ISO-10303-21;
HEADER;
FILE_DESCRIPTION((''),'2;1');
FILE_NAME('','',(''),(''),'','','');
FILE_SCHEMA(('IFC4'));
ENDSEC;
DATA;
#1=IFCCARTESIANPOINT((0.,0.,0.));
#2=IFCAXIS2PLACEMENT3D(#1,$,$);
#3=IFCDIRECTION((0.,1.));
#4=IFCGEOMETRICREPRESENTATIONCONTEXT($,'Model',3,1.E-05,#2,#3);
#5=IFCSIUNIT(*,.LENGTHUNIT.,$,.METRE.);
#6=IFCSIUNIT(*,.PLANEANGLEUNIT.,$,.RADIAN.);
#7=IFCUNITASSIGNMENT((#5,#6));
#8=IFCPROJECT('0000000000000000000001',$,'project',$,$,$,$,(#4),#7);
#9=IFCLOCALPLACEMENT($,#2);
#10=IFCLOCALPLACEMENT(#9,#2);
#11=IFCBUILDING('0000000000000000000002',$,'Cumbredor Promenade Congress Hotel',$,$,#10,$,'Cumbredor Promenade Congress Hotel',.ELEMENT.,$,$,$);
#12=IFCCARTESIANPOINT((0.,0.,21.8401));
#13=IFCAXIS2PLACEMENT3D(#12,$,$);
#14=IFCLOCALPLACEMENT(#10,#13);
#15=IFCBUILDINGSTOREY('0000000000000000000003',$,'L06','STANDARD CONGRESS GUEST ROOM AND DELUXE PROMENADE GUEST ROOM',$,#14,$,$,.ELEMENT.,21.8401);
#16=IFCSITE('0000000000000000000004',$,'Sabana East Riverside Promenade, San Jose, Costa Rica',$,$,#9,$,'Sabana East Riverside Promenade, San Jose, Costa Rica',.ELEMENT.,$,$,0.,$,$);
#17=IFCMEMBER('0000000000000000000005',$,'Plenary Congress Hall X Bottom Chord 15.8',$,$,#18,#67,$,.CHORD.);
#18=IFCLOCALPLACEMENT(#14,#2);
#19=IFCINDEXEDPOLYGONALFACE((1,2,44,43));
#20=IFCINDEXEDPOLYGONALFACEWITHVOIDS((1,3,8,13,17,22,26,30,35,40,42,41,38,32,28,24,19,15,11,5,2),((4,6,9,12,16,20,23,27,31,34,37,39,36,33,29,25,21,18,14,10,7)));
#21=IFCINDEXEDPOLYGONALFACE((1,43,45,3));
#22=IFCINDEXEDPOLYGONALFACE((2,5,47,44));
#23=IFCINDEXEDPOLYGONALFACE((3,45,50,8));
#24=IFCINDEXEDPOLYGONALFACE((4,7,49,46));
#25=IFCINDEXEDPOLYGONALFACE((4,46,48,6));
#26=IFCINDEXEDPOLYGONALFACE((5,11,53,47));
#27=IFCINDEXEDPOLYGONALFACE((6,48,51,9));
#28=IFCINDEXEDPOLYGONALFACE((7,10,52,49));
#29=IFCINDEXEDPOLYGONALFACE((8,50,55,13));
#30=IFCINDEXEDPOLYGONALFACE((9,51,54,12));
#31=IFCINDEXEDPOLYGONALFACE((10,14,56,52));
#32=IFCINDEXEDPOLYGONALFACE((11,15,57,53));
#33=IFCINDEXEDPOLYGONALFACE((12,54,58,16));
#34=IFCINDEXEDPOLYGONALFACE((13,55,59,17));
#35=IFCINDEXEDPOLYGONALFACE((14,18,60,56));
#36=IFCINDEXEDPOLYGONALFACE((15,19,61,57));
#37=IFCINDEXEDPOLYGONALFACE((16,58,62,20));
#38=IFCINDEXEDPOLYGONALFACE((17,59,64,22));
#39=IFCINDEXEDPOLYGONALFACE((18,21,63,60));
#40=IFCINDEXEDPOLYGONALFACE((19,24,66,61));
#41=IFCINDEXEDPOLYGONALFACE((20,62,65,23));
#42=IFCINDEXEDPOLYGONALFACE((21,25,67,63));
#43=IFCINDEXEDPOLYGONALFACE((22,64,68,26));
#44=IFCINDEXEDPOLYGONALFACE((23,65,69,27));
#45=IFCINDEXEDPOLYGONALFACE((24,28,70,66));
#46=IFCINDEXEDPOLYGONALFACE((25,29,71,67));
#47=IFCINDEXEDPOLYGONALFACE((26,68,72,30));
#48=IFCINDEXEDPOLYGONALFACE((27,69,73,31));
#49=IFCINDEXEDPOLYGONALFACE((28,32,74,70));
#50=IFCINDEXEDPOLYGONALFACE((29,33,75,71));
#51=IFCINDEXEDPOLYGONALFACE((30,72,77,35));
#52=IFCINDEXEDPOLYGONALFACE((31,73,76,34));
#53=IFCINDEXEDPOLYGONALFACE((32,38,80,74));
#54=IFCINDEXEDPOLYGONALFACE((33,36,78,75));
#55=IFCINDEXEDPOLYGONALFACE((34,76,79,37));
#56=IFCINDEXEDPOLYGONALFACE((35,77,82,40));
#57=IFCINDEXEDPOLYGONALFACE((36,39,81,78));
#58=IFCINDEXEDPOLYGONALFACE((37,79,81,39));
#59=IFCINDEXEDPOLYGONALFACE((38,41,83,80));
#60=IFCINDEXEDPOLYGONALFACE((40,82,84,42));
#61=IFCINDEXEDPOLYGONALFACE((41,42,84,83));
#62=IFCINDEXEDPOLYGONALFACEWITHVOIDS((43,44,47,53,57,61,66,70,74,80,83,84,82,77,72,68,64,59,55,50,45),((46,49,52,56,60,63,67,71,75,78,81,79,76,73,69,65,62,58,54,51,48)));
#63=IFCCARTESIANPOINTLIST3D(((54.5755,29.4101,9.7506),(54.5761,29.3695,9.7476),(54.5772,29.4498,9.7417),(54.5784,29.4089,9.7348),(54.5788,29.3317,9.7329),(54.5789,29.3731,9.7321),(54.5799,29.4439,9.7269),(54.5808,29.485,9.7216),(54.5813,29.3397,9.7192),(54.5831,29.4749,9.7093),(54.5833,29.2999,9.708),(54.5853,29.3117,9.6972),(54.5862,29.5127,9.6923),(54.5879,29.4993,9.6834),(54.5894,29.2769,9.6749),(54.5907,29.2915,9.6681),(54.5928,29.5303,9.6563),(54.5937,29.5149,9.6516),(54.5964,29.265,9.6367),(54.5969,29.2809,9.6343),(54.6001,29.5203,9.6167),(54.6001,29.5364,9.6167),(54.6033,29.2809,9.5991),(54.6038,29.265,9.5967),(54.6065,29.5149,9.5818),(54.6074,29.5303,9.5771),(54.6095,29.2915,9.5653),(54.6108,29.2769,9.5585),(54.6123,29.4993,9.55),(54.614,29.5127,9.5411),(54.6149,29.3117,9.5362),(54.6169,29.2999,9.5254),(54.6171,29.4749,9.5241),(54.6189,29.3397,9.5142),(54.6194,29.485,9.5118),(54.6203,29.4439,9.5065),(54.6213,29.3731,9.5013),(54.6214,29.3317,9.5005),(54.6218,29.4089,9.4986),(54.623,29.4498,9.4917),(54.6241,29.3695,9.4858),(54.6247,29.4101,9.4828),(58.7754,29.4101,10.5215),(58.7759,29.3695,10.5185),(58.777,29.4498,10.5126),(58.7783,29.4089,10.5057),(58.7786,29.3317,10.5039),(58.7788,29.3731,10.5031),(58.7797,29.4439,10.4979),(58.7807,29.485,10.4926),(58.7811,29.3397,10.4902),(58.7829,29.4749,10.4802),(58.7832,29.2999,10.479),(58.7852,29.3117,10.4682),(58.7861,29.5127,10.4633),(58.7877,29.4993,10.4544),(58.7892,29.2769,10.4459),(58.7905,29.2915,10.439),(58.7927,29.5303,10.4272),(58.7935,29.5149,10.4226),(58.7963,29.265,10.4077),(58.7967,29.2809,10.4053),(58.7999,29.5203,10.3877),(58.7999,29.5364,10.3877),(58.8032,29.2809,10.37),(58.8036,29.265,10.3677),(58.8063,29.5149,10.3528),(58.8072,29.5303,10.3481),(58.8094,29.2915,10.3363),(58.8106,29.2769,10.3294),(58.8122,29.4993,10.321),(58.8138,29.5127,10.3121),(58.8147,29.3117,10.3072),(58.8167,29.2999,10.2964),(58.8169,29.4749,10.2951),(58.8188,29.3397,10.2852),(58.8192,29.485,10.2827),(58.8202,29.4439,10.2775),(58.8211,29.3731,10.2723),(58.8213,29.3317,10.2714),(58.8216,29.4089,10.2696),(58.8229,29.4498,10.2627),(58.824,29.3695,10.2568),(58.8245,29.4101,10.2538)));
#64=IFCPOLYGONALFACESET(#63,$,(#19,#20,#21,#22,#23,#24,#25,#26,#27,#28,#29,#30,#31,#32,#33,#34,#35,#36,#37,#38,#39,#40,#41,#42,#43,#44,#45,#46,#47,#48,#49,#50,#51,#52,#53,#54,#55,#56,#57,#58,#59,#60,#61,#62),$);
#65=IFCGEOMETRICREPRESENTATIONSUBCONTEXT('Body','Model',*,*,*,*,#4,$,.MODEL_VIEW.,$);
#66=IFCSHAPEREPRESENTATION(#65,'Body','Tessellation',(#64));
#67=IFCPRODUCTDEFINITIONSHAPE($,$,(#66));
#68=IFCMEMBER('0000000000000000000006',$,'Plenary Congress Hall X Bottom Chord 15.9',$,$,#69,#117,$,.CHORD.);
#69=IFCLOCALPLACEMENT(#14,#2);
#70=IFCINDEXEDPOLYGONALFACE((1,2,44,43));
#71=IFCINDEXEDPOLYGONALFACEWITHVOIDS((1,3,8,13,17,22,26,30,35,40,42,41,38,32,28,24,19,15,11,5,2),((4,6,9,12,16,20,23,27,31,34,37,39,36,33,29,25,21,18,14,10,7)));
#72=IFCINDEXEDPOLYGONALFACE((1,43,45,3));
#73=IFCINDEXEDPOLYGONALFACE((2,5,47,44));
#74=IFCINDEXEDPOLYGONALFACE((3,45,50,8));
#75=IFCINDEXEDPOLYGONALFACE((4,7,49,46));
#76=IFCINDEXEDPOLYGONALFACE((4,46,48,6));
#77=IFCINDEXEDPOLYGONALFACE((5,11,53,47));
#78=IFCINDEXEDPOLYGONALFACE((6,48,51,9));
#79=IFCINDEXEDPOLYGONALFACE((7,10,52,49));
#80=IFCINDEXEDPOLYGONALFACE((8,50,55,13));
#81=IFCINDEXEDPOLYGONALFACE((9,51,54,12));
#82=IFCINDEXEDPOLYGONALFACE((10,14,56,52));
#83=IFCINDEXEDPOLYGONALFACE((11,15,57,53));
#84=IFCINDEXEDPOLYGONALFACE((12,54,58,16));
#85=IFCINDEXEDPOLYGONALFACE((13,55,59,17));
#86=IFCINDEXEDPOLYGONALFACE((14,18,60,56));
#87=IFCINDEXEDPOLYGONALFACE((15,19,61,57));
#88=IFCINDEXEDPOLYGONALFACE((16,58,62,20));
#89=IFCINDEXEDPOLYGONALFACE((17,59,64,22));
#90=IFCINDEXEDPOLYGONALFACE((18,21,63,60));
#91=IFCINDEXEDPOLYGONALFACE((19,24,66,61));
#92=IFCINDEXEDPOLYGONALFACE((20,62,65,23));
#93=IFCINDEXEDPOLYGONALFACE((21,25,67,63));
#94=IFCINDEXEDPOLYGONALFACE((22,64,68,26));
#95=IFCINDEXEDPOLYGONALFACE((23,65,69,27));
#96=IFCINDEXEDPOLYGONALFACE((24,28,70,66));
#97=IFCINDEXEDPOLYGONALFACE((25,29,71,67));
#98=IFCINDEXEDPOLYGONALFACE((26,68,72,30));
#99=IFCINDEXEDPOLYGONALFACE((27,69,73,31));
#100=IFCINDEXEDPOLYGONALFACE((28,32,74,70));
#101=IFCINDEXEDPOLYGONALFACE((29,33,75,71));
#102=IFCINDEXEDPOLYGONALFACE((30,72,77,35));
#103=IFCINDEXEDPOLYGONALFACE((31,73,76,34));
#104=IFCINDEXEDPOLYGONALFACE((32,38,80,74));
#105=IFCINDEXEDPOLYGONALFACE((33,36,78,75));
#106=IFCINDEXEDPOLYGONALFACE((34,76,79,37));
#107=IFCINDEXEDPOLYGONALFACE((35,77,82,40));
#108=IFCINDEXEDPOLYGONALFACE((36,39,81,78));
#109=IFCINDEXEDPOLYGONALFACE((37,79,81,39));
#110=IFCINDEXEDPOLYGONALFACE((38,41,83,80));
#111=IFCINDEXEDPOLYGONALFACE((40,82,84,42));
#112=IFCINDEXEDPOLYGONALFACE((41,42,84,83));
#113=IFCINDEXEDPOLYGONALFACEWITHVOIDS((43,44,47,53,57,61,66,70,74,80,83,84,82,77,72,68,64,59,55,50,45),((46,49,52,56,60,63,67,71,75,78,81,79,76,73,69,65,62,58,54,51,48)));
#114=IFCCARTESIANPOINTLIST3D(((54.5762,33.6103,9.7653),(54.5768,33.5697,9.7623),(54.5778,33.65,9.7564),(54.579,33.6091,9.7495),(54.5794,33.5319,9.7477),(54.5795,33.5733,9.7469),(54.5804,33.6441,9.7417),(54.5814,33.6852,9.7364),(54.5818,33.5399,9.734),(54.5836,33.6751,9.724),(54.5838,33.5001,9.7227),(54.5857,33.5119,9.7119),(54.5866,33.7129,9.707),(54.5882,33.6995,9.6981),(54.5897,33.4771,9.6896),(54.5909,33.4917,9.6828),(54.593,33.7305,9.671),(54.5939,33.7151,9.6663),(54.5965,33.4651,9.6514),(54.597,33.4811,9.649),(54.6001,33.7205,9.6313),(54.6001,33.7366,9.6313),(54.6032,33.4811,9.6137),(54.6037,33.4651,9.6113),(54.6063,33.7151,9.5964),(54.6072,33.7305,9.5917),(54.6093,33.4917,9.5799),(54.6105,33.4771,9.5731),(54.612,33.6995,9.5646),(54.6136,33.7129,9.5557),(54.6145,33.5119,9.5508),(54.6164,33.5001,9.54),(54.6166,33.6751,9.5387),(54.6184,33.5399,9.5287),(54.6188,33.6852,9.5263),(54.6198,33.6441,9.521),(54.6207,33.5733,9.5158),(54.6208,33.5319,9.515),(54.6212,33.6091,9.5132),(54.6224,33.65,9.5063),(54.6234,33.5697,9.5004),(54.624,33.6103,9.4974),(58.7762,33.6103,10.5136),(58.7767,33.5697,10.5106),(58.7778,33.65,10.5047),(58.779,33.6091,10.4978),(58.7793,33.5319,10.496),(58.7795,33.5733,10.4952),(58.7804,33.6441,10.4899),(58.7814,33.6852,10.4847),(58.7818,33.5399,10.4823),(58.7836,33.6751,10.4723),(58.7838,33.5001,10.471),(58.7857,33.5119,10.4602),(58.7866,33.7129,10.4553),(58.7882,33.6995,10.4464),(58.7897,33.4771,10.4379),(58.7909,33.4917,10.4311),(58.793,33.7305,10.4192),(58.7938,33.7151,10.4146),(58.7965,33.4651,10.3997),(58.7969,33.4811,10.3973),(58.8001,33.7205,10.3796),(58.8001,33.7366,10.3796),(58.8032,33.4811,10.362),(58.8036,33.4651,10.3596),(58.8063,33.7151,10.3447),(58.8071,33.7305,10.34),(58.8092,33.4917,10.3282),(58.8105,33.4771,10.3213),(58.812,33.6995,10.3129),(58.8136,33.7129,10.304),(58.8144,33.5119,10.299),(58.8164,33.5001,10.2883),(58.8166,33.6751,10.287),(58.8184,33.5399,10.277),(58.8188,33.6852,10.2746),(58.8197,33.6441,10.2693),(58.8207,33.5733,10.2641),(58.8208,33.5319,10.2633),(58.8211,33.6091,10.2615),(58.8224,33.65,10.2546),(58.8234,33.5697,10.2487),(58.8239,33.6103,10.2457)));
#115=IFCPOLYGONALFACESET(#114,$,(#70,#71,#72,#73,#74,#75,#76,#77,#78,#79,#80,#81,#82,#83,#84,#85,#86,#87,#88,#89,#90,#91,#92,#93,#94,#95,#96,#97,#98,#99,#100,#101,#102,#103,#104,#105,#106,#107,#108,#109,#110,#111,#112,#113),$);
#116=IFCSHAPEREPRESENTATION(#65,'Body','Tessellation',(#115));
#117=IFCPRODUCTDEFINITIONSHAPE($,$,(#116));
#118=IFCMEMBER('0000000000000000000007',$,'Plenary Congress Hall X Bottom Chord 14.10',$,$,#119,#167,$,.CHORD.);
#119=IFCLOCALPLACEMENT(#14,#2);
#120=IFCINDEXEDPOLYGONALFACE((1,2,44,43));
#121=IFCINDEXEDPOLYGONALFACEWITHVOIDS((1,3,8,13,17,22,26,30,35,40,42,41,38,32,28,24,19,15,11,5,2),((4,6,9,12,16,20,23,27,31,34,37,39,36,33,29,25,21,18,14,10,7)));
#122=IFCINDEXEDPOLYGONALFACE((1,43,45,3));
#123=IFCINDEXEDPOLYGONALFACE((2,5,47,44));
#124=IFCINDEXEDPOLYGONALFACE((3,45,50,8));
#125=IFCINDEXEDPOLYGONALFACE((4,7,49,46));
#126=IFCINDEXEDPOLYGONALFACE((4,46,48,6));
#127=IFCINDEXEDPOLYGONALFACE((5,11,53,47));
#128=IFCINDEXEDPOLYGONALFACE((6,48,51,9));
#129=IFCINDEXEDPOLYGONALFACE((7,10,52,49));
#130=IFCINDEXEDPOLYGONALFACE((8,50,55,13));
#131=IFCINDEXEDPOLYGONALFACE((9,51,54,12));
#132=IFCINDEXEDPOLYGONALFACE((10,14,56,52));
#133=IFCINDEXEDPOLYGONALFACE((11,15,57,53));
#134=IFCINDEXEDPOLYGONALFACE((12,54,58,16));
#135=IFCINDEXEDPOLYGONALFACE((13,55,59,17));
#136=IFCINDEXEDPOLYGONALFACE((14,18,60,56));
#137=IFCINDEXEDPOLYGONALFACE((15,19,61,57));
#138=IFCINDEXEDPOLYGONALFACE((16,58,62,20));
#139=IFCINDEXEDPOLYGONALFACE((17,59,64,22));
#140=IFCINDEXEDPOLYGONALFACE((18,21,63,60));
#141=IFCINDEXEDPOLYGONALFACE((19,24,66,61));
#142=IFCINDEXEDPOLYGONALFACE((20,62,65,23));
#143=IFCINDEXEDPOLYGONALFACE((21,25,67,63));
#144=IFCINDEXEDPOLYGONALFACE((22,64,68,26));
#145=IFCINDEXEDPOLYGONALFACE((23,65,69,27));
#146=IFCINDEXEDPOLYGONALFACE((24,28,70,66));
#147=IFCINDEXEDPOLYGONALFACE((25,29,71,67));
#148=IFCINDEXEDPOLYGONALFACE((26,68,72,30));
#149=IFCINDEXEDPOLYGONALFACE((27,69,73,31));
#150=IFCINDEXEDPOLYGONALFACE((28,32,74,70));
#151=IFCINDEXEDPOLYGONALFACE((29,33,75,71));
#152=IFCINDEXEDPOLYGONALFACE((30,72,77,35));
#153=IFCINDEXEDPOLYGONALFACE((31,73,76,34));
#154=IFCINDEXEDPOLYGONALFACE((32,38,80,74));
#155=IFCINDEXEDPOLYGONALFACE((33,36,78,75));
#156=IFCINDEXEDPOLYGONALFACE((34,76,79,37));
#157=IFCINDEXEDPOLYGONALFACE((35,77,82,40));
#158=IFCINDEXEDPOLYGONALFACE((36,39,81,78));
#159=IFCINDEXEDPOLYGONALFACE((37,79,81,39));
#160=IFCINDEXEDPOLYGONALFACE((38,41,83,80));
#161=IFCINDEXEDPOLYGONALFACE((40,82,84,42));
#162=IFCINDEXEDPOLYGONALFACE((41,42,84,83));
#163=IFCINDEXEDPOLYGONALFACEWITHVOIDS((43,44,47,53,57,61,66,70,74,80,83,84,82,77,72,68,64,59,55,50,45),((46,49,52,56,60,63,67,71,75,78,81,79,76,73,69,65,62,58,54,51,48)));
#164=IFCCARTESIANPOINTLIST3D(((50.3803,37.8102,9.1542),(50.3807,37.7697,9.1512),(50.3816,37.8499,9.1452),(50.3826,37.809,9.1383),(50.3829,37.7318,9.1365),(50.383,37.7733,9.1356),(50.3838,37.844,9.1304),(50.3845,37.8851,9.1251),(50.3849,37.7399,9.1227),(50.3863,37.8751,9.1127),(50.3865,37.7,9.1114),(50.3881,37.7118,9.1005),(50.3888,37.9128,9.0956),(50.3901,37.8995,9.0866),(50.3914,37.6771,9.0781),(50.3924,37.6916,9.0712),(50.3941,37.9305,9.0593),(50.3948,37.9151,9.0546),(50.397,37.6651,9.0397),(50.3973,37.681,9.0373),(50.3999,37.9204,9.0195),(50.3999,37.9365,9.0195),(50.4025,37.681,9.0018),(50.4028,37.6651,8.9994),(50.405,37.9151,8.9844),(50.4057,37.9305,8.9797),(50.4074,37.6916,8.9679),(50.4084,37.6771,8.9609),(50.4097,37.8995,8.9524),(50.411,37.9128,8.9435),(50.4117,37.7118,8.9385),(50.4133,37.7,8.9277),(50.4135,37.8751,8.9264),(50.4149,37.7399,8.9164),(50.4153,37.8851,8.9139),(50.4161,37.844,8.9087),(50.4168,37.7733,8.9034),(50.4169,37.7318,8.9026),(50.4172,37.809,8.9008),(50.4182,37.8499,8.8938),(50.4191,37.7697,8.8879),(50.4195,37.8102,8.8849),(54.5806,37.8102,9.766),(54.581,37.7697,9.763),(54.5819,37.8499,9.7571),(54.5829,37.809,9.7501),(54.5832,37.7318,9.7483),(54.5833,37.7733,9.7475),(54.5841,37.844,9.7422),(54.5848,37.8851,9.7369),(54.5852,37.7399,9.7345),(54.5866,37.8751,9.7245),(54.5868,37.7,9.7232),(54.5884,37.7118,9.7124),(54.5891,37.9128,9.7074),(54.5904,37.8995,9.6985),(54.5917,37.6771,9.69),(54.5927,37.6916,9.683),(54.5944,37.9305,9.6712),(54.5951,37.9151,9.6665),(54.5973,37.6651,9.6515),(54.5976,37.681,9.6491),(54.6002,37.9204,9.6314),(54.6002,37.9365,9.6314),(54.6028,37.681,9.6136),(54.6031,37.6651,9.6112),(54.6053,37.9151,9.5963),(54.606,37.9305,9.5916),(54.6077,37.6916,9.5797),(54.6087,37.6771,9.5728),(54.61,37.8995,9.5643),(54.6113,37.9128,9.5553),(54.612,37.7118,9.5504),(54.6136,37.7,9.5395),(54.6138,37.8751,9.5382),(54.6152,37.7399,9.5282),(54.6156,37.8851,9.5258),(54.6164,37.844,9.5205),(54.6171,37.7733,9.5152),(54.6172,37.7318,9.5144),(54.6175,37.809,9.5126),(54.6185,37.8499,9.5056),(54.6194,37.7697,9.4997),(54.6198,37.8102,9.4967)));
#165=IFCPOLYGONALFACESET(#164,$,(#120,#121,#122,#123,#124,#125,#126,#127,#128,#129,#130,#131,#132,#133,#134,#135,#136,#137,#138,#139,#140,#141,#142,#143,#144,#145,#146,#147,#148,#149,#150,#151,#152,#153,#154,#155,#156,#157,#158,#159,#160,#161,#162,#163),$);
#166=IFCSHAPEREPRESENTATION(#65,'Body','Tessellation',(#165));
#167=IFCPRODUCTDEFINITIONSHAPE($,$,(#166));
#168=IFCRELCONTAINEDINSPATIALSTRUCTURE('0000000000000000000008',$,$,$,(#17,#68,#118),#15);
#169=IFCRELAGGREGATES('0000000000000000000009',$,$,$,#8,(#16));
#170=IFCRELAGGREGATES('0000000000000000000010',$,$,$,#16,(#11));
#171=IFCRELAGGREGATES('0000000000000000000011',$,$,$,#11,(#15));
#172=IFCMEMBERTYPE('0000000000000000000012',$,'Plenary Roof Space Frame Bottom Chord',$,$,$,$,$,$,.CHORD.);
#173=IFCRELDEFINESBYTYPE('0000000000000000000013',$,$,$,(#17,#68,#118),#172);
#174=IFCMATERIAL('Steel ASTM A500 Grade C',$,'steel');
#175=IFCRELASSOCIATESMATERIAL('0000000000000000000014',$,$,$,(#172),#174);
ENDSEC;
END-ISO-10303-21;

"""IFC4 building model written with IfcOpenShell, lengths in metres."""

from ifc_helpers import new_model, si_unit, direction, frame, origin, origin_2d, place, context, subcontext, project, spatial, hollow_circle, extrude, material, material_profile, profile_set, type_object, element, save


model = new_model("IFC4")

# Units and contexts
model_context = context("Model", 3, precision=1e-05, world=origin(), true_north=direction((0.0, 1.0)))
body_context = subcontext(model_context, "Body", "Model", "MODEL_VIEW")
ifc_project = project(units=[si_unit("LENGTHUNIT", "METRE"), si_unit("PLANEANGLEUNIT", "RADIAN")], contexts=[model_context])

# Site, building, storey
site_placement = place(None, origin())
site = spatial("IfcSite", under=ifc_project, at=site_placement, Name="Sabana East Riverside Promenade, San Jose, Costa Rica", LongName="Sabana East Riverside Promenade, San Jose, Costa Rica", CompositionType="ELEMENT", RefElevation=0.0)
building_placement = place(site_placement, origin())
building = spatial("IfcBuilding", under=site, at=building_placement, Name="Cumbredor Promenade Congress Hotel", LongName="Cumbredor Promenade Congress Hotel", CompositionType="ELEMENT")
storey_placement = place(building_placement, frame((0.0, 0.0, 21.8401)))
storey = spatial("IfcBuildingStorey", under=building, at=storey_placement, Name="L06", Description="STANDARD CONGRESS GUEST ROOM AND DELUXE PROMENADE GUEST ROOM", CompositionType="ELEMENT", Elevation=21.8401)

# Members
ifc_material_1 = material(Name="Steel ASTM A500 Grade C", Category="steel")
ifc_material_profile_1 = material_profile(ifc_material_1, hollow_circle(Radius=0.1365, WallThickness=0.0161, at=origin_2d()), Name="CHS 273.0x16")
ifc_profile_set_1 = profile_set([ifc_material_profile_1], Name="Steel ASTM A500 Grade C")
member_type_1 = type_object("IfcMemberType", Name="Plenary Roof Space Frame Bottom Chord", PredefinedType="CHORD", material=ifc_profile_set_1)
member_1_placement = place(storey_placement, frame((54.6001, 29.3999, 9.6167), z_axis=(0.983565, 0.0, 0.180556), x_axis=(0.0, 1.0, 0.0)))
element("IfcMember", 1, at=member_1_placement, inside=storey, type_object=member_type_1, Name="Plenary Congress Hall X Bottom Chord 15.8", PredefinedType="CHORD", context=body_context, shape_type="SweptSolid", body=[
    extrude(hollow_circle(Radius=0.1365, WallThickness=0.0161, at=origin_2d()), origin(), (0.0, 0.0, 1.0), 4.27),
])
member_2_placement = place(storey_placement, frame((54.6001, 33.6001, 9.6313), z_axis=(0.984496, 0.0, 0.175404), x_axis=(0.0, 1.0, 0.0)))
element("IfcMember", 2, at=member_2_placement, inside=storey, type_object=member_type_1, Name="Plenary Congress Hall X Bottom Chord 15.9", PredefinedType="CHORD", context=body_context, shape_type="SweptSolid", body=[
    extrude(hollow_circle(Radius=0.1365, WallThickness=0.0161, at=origin_2d()), origin(), (0.0, 0.0, 1.0), 4.2661),
])
member_3_placement = place(storey_placement, frame((50.3999, 37.8, 9.0195), z_axis=(0.989557, 0.0, 0.144143), x_axis=(0.0, 1.0, 0.0)))
element("IfcMember", 3, at=member_3_placement, inside=storey, type_object=member_type_1, Name="Plenary Congress Hall X Bottom Chord 14.10", PredefinedType="CHORD", context=body_context, shape_type="SweptSolid", body=[
    extrude(hollow_circle(Radius=0.1365, WallThickness=0.0161, at=origin_2d()), origin(), (0.0, 0.0, 1.0), 4.2446),
])

save(model, "model.ifc")
